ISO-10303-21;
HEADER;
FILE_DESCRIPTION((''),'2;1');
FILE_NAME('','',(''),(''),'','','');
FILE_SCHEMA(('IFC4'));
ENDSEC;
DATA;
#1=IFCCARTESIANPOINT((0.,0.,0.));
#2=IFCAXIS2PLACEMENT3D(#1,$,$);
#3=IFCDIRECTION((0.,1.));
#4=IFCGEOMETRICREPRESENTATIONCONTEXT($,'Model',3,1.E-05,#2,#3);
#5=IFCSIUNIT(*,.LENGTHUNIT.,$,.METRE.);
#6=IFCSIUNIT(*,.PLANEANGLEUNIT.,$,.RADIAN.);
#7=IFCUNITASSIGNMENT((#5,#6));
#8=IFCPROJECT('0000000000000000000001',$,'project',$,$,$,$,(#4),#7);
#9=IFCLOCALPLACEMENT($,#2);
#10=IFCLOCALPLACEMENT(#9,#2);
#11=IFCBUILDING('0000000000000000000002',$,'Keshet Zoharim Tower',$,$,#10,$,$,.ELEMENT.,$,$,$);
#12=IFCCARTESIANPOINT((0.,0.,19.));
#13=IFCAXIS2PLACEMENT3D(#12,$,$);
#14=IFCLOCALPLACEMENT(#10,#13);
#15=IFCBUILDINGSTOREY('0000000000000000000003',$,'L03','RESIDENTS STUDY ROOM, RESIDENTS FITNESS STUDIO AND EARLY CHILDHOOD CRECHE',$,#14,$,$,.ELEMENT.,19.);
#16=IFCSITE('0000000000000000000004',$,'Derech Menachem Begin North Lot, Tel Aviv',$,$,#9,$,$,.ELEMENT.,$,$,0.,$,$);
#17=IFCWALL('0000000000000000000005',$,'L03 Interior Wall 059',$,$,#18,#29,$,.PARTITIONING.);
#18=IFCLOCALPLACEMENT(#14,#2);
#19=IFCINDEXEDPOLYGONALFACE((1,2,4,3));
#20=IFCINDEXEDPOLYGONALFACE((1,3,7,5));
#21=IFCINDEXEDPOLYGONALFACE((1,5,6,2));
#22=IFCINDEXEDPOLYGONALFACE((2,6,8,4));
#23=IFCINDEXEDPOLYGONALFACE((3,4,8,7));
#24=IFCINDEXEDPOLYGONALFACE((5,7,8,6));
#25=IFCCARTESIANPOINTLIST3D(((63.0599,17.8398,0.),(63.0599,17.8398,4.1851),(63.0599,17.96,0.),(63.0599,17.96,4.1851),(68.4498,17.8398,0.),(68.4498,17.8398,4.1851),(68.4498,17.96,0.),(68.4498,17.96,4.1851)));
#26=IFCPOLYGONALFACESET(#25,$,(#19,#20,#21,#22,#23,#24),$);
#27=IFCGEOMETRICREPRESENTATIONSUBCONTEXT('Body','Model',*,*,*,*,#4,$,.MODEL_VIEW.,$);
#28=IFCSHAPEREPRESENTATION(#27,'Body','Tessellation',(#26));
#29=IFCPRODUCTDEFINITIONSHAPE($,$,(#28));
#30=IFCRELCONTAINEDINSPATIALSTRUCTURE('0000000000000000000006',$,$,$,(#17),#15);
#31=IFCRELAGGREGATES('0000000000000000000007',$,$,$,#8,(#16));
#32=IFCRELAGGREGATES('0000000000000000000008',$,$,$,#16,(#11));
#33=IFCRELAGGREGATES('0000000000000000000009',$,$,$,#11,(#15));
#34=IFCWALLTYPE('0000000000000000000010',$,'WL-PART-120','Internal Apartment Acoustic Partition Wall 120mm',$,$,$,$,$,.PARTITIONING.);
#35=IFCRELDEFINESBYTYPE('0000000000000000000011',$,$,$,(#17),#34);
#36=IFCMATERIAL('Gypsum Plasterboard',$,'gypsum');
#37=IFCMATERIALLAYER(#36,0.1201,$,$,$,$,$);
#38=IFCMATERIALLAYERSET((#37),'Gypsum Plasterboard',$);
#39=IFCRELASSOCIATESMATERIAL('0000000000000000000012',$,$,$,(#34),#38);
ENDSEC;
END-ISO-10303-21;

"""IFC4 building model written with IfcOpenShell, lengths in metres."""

from ifc_helpers import new_model, si_unit, direction, frame, frame_2d, origin, place, context, subcontext, project, spatial, rectangle, extrude, material, layer, layer_set, type_object, element, save


model = new_model("IFC4")

# Units and contexts
model_context = context("Model", 3, precision=1e-05, world=origin(), true_north=direction((0.0, 1.0)))
body_context = subcontext(model_context, "Body", "Model", "MODEL_VIEW")
ifc_project = project(units=[si_unit("LENGTHUNIT", "METRE"), si_unit("PLANEANGLEUNIT", "RADIAN")], contexts=[model_context])

# Site, building, storey
site_placement = place(None, origin())
site = spatial("IfcSite", under=ifc_project, at=site_placement, Name="Derech Menachem Begin North Lot, Tel Aviv", CompositionType="ELEMENT", RefElevation=0.0)
building_placement = place(site_placement, origin())
building = spatial("IfcBuilding", under=site, at=building_placement, Name="Keshet Zoharim Tower", CompositionType="ELEMENT")
storey_placement = place(building_placement, frame((0.0, 0.0, 19.0)))
storey = spatial("IfcBuildingStorey", under=building, at=storey_placement, Name="L03", Description="RESIDENTS STUDY ROOM, RESIDENTS FITNESS STUDIO AND EARLY CHILDHOOD CRECHE", CompositionType="ELEMENT", Elevation=19.0)

# Wall
ifc_material_1 = material(Name="Gypsum Plasterboard", Category="gypsum")
ifc_layer_1 = layer(ifc_material_1, 0.1201)
ifc_layer_set_1 = layer_set([ifc_layer_1], Name="Gypsum Plasterboard")
wall_type = type_object("IfcWallType", Name="WL-PART-120", Description="Internal Apartment Acoustic Partition Wall 120mm", PredefinedType="PARTITIONING", material=ifc_layer_set_1)
wall_placement = place(storey_placement, frame((63.0601, 17.8999, 0.0), z_axis=(0.0, 0.0, 1.0), x_axis=(1.0, 0.0, 0.0)))
element("IfcWall", 1, at=wall_placement, inside=storey, type_object=wall_type, Name="L03 Interior Wall 059", PredefinedType="PARTITIONING", context=body_context, shape_type="SweptSolid", body=[
    extrude(rectangle(XDim=5.3899, YDim=0.1201, at=frame_2d((2.6948, 0.0))), origin(), (0.0, 0.0, 1.0), 4.1851),
])

save(model, "model.ifc")
